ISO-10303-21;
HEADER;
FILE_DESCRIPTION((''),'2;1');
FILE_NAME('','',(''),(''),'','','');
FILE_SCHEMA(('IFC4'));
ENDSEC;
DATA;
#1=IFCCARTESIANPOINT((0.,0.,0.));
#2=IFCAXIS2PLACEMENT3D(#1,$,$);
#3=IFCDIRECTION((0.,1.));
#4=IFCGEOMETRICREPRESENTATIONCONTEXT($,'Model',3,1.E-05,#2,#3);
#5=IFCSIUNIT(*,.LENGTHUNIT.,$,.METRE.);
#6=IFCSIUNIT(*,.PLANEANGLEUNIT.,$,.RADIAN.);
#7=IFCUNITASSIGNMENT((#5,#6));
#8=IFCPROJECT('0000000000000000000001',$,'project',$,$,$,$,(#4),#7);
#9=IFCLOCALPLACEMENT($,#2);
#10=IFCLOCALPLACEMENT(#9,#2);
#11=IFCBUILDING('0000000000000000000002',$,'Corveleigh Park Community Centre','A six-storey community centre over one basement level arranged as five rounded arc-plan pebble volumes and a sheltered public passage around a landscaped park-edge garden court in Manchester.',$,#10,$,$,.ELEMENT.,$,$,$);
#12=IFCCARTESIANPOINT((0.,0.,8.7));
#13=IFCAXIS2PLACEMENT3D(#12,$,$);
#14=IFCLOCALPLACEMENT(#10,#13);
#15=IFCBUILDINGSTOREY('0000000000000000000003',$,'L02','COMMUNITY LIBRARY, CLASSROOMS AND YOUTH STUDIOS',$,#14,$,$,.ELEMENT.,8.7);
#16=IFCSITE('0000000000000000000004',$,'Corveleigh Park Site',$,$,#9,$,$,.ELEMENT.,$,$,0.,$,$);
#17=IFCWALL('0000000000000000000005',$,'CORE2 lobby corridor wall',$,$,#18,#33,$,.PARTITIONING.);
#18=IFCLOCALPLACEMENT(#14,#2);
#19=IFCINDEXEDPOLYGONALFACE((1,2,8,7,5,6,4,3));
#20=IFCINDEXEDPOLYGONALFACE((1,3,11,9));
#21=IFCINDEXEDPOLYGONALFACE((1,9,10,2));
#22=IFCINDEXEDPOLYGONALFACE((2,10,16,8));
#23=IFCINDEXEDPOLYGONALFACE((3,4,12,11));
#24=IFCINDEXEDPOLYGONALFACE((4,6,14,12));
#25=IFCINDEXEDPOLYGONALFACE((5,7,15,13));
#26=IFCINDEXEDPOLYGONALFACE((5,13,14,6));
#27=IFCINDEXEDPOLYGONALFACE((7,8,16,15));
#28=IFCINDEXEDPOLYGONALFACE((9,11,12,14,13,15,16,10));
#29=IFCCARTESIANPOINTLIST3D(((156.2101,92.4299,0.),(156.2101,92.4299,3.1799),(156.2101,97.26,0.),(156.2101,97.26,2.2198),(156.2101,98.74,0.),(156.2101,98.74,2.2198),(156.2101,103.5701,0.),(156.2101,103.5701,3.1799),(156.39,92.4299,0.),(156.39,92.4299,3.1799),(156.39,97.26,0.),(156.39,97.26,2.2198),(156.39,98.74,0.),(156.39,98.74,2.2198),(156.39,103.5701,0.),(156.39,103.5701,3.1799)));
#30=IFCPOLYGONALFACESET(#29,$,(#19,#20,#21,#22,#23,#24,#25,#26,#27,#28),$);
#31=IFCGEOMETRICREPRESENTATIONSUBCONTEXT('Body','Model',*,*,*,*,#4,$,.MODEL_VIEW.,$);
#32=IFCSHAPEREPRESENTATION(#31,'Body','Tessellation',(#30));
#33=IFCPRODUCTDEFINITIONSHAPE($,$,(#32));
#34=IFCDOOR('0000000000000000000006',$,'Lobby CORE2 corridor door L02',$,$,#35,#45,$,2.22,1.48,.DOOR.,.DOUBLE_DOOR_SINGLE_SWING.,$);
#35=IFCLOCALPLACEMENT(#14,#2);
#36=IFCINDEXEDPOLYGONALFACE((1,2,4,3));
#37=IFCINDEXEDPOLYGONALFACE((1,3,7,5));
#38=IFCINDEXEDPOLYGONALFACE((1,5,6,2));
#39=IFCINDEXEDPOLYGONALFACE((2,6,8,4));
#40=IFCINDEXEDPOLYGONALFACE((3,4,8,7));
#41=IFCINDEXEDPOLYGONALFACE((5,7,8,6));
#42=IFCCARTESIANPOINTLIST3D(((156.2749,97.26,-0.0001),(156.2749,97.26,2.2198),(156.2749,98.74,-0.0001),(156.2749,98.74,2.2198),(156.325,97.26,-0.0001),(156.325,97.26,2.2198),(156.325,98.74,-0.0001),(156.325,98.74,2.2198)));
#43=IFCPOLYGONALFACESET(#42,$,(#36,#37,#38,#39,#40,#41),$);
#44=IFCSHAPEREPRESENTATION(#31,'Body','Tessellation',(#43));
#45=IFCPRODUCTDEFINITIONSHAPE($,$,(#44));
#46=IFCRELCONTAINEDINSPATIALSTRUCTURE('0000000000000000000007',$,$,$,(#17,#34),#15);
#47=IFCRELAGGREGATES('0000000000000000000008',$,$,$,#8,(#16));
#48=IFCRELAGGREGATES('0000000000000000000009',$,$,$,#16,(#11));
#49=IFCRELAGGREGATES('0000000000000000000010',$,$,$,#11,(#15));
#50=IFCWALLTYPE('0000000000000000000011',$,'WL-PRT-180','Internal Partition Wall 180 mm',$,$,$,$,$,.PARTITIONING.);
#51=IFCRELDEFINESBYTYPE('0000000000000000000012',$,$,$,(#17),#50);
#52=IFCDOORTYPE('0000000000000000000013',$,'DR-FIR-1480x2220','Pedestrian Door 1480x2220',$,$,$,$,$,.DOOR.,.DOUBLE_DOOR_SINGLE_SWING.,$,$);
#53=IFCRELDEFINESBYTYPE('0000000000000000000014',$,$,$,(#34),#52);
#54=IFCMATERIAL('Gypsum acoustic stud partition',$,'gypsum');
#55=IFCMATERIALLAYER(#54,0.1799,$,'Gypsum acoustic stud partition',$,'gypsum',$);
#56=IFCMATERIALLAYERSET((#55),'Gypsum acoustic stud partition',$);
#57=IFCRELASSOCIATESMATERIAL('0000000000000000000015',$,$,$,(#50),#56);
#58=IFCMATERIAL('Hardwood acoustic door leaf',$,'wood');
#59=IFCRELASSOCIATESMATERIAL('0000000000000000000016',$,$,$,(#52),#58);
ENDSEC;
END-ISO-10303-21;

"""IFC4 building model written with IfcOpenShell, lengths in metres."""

from ifc_helpers import new_model, si_unit, direction, frame, frame_2d, origin, place, context, subcontext, project, spatial, rectangle, extrude, material, layer, layer_set, type_object, element, fill, save


model = new_model("IFC4")

# Units and contexts
model_context = context("Model", 3, precision=1e-05, world=origin(), true_north=direction((0.0, 1.0)))
body_context = subcontext(model_context, "Body", "Model", "MODEL_VIEW")
ifc_project = project(units=[si_unit("LENGTHUNIT", "METRE"), si_unit("PLANEANGLEUNIT", "RADIAN")], contexts=[model_context])

# Site, building, storey
site_placement = place(None, origin())
site = spatial("IfcSite", under=ifc_project, at=site_placement, Name="Corveleigh Park Site", CompositionType="ELEMENT", RefElevation=0.0)
building_placement = place(site_placement, origin())
building = spatial("IfcBuilding", under=site, at=building_placement, Name="Corveleigh Park Community Centre", Description="A six-storey community centre over one basement level arranged as five rounded arc-plan pebble volumes and a sheltered public passage around a landscaped park-edge garden court in Manchester.", CompositionType="ELEMENT")
storey_placement = place(building_placement, frame((0.0, 0.0, 8.7)))
storey = spatial("IfcBuildingStorey", under=building, at=storey_placement, Name="L02", Description="COMMUNITY LIBRARY, CLASSROOMS AND YOUTH STUDIOS", CompositionType="ELEMENT", Elevation=8.7)

# Wall, opening, door
ifc_material_1 = material(Name="Gypsum acoustic stud partition", Category="gypsum")
ifc_layer_1 = layer(ifc_material_1, 0.1799, Name="Gypsum acoustic stud partition", Category="gypsum")
ifc_layer_set_1 = layer_set([ifc_layer_1], Name="Gypsum acoustic stud partition")
wall_type = type_object("IfcWallType", Name="WL-PRT-180", Description="Internal Partition Wall 180 mm", PredefinedType="PARTITIONING", material=ifc_layer_set_1)
wall_placement = place(storey_placement, frame((156.3, 103.5701, 0.0), z_axis=(0.0, 0.0, 1.0), x_axis=(0.0, -1.0, 0.0)))
wall = element("IfcWall", 1, at=wall_placement, inside=storey, type_object=wall_type, Name="CORE2 lobby corridor wall", PredefinedType="PARTITIONING", context=body_context, shape_type="SweptSolid", body=[
    extrude(rectangle(XDim=11.1401, YDim=0.1799, at=frame_2d((5.5701, 0.0))), origin(), (0.0, 0.0, 1.0), 3.1799),
])
opening_placement = place(wall_placement, frame((4.8301, 0.0, 0.0)))
opening = element("IfcOpeningElement", 2, at=opening_placement, cuts=wall, PredefinedType="OPENING", context=body_context, shape_type="SweptSolid", body=[
    extrude(rectangle(XDim=1.48, YDim=2.22, at=frame_2d((0.74, 1.1099))), frame((0.0, 0.0999, 0.0), z_axis=(0.0, -1.0, 0.0), x_axis=(1.0, 0.0, 0.0)), (0.0, 0.0, 1.0), 0.2),
])
ifc_material_2 = material(Name="Hardwood acoustic door leaf", Category="wood")
door_type = type_object("IfcDoorType", Name="DR-FIR-1480x2220", Description="Pedestrian Door 1480x2220", OperationType="DOUBLE_DOOR_SINGLE_SWING", PredefinedType="DOOR", material=ifc_material_2)
door_placement = place(opening_placement, origin())
door = element("IfcDoor", 3, at=door_placement, inside=storey, type_object=door_type, Name="Lobby CORE2 corridor door L02", OperationType="DOUBLE_DOOR_SINGLE_SWING", OverallHeight=2.22, OverallWidth=1.48, PredefinedType="DOOR", context=body_context, shape_type="SweptSolid", body=[
    extrude(rectangle(XDim=1.48, YDim=2.22, at=frame_2d((0.74, 1.1099))), frame((0.0, 0.0249, 0.0), z_axis=(0.0, -1.0, 0.0), x_axis=(1.0, 0.0, 0.0)), (0.0, 0.0, 1.0), 0.05),
])
fill(opening, door)

save(model, "model.ifc")
